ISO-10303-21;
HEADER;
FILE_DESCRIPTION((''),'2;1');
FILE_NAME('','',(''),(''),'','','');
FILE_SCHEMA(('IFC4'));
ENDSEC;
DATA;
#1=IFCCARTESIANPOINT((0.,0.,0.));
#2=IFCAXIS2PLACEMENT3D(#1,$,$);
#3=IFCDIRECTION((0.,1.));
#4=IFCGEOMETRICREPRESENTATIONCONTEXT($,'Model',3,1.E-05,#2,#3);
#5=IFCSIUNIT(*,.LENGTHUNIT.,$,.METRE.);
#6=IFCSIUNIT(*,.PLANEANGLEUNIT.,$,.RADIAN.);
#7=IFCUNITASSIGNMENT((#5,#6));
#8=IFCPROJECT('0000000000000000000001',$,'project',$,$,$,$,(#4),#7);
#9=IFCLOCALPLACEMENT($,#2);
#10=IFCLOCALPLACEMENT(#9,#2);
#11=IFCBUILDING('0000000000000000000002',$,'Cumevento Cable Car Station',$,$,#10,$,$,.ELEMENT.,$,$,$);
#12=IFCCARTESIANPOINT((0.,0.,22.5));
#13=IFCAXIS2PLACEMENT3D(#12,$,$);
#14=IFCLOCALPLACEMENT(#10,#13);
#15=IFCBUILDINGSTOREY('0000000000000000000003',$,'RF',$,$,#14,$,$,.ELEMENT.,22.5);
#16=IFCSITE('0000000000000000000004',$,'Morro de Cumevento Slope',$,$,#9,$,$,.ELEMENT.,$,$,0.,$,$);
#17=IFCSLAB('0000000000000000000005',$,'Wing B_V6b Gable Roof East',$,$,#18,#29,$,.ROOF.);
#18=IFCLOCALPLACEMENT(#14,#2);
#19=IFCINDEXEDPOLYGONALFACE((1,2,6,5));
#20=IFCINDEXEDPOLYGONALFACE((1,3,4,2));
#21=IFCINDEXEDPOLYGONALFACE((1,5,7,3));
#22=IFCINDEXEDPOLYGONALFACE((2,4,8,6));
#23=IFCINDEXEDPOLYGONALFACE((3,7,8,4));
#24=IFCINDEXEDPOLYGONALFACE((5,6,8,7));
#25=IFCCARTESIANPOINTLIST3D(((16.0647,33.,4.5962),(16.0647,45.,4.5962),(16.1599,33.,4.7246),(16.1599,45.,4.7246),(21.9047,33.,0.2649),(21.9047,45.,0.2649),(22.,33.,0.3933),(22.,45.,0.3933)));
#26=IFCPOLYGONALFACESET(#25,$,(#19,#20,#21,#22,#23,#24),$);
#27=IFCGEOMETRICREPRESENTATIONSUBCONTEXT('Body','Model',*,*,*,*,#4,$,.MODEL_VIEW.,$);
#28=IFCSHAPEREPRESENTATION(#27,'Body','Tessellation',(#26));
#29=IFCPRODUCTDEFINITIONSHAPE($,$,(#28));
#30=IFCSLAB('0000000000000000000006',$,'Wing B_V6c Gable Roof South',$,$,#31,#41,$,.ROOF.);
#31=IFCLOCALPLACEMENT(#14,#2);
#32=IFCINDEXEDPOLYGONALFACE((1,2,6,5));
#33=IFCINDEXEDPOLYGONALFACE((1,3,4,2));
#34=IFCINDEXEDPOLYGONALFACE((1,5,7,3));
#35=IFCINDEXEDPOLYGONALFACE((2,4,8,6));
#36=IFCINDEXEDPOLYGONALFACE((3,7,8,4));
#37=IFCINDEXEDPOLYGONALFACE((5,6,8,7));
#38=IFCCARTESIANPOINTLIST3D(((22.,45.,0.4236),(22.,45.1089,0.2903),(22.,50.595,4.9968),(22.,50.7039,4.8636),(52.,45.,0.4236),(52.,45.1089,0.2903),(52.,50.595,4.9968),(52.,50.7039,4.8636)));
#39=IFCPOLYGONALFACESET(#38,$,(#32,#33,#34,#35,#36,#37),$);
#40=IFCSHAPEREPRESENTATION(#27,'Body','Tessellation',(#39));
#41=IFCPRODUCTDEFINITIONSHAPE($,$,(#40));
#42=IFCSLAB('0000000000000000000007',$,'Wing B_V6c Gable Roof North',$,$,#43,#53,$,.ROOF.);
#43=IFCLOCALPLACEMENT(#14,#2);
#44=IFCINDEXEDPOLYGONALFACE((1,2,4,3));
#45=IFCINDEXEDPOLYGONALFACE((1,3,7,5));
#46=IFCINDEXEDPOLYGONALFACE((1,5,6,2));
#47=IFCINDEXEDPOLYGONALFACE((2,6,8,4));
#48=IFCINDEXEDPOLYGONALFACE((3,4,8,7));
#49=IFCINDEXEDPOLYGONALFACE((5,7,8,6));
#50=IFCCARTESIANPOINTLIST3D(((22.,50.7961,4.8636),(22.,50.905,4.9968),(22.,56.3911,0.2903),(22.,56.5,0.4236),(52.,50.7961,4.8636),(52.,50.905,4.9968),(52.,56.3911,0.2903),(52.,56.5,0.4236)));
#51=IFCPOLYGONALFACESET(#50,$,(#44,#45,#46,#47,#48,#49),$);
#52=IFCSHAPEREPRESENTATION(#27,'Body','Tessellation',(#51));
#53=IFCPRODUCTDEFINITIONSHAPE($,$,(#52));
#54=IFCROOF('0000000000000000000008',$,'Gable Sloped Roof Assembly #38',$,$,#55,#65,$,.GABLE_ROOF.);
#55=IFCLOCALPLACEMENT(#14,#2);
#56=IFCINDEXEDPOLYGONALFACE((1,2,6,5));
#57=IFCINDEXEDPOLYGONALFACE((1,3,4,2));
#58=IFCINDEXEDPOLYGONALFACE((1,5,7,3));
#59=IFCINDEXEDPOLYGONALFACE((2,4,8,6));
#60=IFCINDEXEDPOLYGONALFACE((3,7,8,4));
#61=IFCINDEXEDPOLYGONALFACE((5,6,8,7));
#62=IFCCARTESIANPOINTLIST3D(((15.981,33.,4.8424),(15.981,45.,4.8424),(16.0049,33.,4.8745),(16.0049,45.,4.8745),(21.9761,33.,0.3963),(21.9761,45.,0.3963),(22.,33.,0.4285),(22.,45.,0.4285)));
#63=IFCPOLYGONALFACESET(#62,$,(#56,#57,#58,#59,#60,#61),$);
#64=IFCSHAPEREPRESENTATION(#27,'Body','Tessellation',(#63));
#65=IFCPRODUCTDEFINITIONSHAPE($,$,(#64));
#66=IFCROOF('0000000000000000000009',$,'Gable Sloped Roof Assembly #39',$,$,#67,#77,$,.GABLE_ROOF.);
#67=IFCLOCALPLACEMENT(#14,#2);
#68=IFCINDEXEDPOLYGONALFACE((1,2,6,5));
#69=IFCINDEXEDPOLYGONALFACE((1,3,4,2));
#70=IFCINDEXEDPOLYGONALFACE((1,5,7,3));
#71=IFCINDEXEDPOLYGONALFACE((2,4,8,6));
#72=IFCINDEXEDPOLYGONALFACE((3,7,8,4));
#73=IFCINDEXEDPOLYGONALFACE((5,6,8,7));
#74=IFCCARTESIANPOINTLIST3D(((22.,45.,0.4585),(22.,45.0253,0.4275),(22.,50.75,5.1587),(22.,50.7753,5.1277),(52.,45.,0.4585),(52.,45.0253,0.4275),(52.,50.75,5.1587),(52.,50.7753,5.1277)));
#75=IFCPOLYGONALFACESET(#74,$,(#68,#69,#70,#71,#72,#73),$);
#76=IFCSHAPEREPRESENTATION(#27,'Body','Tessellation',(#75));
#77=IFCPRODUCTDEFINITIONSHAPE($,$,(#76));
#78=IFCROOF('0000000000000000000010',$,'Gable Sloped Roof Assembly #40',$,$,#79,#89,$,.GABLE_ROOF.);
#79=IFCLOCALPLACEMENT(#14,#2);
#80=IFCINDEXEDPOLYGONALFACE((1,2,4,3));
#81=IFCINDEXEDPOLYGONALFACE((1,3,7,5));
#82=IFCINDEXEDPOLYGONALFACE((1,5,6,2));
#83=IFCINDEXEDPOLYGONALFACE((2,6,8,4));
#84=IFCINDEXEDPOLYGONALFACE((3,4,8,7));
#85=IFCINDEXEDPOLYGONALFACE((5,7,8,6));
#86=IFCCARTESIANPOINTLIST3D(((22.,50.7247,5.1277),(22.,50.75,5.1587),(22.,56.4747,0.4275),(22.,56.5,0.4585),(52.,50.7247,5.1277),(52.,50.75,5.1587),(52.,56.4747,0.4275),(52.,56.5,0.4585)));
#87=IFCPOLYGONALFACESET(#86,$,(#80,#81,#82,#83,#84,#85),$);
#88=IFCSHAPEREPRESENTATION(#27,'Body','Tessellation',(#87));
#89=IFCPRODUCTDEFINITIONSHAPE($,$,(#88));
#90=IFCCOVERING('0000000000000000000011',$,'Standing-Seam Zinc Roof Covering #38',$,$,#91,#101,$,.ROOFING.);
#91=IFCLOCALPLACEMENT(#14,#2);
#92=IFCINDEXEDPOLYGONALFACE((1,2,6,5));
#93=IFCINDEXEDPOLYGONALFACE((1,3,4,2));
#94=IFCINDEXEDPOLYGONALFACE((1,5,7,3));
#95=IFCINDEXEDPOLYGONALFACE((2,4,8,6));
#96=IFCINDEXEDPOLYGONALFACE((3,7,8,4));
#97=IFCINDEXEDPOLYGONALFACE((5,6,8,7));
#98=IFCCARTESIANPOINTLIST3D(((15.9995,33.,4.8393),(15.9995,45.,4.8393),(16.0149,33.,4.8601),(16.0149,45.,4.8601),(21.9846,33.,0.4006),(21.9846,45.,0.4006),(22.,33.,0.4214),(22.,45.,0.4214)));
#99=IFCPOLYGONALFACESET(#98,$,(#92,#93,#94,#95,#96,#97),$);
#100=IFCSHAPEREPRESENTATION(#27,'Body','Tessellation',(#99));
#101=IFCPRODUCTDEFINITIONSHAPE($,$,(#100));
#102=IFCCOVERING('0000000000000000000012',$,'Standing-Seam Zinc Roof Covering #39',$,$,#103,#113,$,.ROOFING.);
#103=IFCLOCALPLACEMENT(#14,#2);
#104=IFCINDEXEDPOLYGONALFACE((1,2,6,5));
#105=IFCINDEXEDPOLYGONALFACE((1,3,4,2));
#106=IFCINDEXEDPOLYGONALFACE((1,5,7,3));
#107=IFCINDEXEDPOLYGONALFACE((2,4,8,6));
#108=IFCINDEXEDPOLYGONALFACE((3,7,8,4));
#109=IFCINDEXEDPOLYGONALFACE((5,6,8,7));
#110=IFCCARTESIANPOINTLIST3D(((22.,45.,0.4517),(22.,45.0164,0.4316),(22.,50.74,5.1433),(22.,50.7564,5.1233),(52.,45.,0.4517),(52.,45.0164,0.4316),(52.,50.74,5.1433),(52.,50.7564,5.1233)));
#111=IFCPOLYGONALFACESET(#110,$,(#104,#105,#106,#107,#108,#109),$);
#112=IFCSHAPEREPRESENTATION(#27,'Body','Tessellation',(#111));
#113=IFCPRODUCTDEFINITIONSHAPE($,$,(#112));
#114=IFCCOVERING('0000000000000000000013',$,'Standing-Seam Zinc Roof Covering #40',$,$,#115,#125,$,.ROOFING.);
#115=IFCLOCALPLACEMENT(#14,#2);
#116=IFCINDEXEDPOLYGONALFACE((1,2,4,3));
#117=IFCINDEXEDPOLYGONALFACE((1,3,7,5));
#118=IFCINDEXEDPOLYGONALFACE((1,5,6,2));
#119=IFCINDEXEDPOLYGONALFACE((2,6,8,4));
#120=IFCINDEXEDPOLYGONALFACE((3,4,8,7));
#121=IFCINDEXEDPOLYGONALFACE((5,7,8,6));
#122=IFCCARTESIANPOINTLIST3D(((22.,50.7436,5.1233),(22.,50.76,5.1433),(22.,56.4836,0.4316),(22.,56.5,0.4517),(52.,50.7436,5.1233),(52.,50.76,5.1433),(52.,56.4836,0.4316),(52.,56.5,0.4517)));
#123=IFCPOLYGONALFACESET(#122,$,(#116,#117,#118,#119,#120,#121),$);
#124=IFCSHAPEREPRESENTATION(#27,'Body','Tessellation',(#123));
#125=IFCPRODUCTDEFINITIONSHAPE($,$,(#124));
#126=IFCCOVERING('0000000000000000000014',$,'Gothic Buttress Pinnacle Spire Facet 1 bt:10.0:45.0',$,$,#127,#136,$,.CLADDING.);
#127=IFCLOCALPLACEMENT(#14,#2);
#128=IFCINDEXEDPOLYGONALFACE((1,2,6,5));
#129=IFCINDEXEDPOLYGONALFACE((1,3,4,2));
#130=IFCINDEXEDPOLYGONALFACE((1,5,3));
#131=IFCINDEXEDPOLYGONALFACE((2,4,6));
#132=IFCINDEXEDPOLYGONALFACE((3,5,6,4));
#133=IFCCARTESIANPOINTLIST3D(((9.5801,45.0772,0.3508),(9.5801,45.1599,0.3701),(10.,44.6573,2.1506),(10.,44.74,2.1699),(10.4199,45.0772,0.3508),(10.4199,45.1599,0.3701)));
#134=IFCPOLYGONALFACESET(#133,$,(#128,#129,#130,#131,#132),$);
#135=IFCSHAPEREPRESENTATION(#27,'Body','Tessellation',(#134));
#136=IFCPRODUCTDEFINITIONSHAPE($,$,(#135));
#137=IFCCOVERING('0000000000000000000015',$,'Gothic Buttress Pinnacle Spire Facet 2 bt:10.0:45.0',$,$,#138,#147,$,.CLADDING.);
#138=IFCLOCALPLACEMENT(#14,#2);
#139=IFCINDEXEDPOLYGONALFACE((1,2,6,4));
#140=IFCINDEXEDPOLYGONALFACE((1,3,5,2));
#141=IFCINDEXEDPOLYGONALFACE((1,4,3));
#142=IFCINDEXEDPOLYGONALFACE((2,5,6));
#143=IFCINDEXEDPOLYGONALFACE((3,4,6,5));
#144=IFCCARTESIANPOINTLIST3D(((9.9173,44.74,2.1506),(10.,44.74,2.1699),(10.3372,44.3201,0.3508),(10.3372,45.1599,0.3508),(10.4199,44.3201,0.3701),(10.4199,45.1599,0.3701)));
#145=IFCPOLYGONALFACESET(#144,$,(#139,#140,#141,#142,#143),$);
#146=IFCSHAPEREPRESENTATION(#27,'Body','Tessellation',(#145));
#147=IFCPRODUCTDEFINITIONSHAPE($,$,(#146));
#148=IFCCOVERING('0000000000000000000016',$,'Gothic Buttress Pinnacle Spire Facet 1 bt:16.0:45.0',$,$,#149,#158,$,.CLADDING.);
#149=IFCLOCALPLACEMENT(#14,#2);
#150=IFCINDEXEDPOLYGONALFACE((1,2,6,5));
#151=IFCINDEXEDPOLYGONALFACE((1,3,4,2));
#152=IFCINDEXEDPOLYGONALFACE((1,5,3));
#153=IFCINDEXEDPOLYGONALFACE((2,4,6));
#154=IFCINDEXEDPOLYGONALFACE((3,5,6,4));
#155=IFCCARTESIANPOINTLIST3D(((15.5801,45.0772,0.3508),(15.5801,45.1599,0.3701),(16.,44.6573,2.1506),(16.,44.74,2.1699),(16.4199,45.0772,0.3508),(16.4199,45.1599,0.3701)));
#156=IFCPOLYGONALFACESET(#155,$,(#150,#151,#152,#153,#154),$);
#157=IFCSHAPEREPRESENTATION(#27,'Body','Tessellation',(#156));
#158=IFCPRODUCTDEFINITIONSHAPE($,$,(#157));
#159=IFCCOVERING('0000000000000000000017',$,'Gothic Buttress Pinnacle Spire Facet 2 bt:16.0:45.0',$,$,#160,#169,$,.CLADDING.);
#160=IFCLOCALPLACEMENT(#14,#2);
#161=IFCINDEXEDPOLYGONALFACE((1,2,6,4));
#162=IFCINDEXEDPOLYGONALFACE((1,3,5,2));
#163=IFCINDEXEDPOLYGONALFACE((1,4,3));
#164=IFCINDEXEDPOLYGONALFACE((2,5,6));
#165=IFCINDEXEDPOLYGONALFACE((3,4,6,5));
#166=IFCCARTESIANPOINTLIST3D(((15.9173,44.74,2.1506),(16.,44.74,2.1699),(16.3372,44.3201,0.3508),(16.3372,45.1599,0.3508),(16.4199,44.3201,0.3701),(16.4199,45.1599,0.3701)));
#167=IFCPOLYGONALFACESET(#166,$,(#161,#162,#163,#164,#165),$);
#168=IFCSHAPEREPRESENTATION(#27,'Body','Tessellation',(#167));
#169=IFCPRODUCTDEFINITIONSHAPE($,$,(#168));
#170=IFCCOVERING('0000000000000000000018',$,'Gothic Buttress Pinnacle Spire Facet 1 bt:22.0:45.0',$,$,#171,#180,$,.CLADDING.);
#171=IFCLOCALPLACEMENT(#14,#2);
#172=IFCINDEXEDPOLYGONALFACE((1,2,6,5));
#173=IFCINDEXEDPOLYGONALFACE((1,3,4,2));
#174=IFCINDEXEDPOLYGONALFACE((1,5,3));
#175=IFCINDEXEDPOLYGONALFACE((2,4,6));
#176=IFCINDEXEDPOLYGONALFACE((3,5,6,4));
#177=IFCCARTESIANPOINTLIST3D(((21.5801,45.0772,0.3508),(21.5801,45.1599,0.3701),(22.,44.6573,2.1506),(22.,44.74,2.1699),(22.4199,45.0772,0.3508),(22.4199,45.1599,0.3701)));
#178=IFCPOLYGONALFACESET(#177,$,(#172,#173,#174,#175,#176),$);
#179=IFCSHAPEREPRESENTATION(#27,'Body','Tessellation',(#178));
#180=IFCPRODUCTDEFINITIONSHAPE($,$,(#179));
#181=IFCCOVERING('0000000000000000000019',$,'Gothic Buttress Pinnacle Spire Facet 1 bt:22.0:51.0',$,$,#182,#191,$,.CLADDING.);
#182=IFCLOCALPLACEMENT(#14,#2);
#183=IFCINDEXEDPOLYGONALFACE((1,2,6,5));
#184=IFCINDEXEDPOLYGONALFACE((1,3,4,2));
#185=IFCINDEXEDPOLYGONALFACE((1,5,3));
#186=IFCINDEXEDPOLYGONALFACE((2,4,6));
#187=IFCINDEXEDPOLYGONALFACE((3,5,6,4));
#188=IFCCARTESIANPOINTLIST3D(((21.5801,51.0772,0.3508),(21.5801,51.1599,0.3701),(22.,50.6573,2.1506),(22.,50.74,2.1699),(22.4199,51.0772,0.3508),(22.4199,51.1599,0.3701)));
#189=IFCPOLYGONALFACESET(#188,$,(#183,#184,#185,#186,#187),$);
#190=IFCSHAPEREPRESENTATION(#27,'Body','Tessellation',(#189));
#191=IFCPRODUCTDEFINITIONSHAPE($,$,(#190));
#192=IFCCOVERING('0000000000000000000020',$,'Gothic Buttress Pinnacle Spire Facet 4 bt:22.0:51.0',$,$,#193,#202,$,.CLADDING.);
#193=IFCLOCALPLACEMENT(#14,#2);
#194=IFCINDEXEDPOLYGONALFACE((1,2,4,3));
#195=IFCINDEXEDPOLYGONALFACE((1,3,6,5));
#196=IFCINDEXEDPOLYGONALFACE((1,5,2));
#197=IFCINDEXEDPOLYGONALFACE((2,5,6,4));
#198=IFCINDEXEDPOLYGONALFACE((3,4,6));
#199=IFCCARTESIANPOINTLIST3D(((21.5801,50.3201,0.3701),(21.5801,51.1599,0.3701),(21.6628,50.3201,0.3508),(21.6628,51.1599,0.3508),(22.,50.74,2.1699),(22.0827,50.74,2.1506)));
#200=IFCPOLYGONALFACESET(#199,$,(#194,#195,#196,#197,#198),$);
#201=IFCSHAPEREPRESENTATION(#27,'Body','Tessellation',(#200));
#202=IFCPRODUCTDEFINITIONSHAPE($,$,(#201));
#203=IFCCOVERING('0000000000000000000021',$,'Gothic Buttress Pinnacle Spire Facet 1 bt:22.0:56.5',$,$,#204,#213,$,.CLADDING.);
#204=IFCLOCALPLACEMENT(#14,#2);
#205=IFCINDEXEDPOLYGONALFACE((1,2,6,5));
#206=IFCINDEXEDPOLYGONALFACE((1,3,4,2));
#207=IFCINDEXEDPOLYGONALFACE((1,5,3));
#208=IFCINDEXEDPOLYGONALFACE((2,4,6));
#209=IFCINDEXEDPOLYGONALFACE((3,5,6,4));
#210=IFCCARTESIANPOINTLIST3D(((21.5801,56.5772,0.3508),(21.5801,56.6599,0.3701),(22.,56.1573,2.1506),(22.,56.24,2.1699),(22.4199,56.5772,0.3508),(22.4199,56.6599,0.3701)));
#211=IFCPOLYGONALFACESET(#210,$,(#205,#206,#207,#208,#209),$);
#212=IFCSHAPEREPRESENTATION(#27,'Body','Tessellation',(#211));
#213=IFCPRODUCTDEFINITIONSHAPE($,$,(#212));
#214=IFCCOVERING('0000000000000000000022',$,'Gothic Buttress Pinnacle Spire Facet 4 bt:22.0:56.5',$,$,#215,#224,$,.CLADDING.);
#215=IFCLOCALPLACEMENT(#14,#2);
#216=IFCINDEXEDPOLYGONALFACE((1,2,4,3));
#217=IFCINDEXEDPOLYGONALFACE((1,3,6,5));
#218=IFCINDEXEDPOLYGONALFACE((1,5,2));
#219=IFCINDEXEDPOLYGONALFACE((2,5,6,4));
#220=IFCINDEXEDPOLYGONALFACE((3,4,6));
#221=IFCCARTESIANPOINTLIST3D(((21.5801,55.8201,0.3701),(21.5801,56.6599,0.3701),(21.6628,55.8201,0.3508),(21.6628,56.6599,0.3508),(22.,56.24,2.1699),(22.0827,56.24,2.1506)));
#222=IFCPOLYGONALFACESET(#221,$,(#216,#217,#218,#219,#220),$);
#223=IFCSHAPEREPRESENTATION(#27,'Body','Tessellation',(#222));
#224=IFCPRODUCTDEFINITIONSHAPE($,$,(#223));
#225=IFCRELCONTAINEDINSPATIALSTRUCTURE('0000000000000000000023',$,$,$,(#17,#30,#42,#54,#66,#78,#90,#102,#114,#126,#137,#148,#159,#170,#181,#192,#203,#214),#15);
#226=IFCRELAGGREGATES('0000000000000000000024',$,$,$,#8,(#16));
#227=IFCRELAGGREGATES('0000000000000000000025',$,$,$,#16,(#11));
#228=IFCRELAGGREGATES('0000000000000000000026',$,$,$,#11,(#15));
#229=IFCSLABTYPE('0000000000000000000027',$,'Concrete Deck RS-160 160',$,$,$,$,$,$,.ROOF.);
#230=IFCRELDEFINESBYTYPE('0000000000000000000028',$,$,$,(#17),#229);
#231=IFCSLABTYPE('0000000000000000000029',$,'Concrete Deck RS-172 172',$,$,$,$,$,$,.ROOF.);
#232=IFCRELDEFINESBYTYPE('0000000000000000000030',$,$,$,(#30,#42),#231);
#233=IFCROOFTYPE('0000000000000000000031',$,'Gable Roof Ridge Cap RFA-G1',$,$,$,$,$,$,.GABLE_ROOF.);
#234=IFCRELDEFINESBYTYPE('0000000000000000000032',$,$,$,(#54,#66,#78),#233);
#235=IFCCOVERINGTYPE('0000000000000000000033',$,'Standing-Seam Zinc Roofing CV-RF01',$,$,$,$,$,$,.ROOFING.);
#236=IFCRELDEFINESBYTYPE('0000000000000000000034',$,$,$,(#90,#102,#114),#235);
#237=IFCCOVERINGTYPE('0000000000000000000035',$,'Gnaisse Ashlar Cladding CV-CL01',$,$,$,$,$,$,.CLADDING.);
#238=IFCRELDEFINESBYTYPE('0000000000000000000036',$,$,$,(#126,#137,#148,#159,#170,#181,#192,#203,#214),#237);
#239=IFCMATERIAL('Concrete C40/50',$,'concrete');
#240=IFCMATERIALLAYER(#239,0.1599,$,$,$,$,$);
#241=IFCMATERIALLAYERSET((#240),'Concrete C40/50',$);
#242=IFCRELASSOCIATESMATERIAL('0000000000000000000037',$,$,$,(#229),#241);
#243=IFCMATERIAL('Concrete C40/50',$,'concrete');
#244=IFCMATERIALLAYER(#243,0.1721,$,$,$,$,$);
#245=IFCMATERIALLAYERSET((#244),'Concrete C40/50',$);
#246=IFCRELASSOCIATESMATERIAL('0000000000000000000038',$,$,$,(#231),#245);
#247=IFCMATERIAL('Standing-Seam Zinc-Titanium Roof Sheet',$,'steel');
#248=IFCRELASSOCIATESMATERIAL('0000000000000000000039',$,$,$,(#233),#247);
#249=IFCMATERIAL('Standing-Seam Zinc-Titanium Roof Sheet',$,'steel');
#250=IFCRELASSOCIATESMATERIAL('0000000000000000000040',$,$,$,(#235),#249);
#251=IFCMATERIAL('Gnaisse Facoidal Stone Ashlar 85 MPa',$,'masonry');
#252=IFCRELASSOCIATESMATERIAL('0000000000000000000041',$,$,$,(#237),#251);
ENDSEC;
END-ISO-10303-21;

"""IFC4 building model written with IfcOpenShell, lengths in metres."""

from ifc_helpers import new_model, si_unit, direction, frame, origin, place, context, subcontext, project, spatial, polyline, outline, extrude, material, layer, layer_set, type_object, element, save


model = new_model("IFC4")

# Units and contexts
model_context = context("Model", 3, precision=1e-05, world=origin(), true_north=direction((0.0, 1.0)))
body_context = subcontext(model_context, "Body", "Model", "MODEL_VIEW")
ifc_project = project(units=[si_unit("LENGTHUNIT", "METRE"), si_unit("PLANEANGLEUNIT", "RADIAN")], contexts=[model_context])

# Site, building, storey
site_placement = place(None, origin())
site = spatial("IfcSite", under=ifc_project, at=site_placement, Name="Morro de Cumevento Slope", CompositionType="ELEMENT", RefElevation=0.0)
building_placement = place(site_placement, origin())
building = spatial("IfcBuilding", under=site, at=building_placement, Name="Cumevento Cable Car Station", CompositionType="ELEMENT")
storey_placement = place(building_placement, frame((0.0, 0.0, 22.5)))
storey = spatial("IfcBuildingStorey", under=building, at=storey_placement, Name="RF", CompositionType="ELEMENT", Elevation=22.5)

# Slabs
ifc_material_1 = material(Name="Concrete C40/50", Category="concrete")
ifc_layer_1 = layer(ifc_material_1, 0.1599)
ifc_layer_set_1 = layer_set([ifc_layer_1], Name="Concrete C40/50")
slab_type_1 = type_object("IfcSlabType", Name="Concrete Deck RS-160 160", PredefinedType="ROOF", material=ifc_layer_set_1)
slab_placement = place(storey_placement, frame((16.1599, 45.0, 4.7246), z_axis=(0.595699, 0.0, 0.803208), x_axis=(0.0, -1.0, 0.0)))
element("IfcSlab", 1, at=slab_placement, inside=storey, type_object=slab_type_1, Name="Wing B_V6b Gable Roof East", PredefinedType="ROOF", context=body_context, shape_type="SweptSolid", body=[
    extrude(outline(polyline([(0.0, 0.0), (12.0, 0.0), (12.0, 7.271), (0.0, 7.271), (0.0, 0.0)])), origin(), (0.0, 0.0, -1.0), 0.1599),
])
ifc_material_2 = material(Name="Concrete C40/50", Category="concrete")
ifc_layer_2 = layer(ifc_material_2, 0.1721)
ifc_layer_set_2 = layer_set([ifc_layer_2], Name="Concrete C40/50")
slab_type_2 = type_object("IfcSlabType", Name="Concrete Deck RS-172 172", PredefinedType="ROOF", material=ifc_layer_set_2)
for number, where, z_axis, x_axis, name in (
    (2, (22.0, 45.0, 0.4236), (0.0, -0.632868, 0.77426), (1.0, 0.0, 0.0), "Wing B_V6c Gable Roof South"),
    (3, (22.0, 50.905, 4.9968), (0.0, 0.632868, 0.77426), (1.0, 0.0, 0.0), "Wing B_V6c Gable Roof North"),
):
    element("IfcSlab", number, at=place(storey_placement, frame(where, z_axis=z_axis, x_axis=x_axis)), inside=storey, type_object=slab_type_2, Name=name, PredefinedType="ROOF", context=body_context, shape_type="SweptSolid", body=[
        extrude(outline(polyline([(0.0, 0.0), (30.0, 0.0), (30.0, 7.2262), (0.0, 7.2262), (0.0, 0.0)])), origin(), (0.0, 0.0, -1.0), 0.1721),
    ])

# Roofs
ifc_material_3 = material(Name="Standing-Seam Zinc-Titanium Roof Sheet", Category="steel")
roof_type = type_object("IfcRoofType", Name="Gable Roof Ridge Cap RFA-G1", PredefinedType="GABLE_ROOF", material=ifc_material_3)
roof_placement = place(storey_placement, frame((16.0049, 45.0, 4.8745), z_axis=(0.595679, 0.0, 0.803223), x_axis=(0.0, -1.0, 0.0)))
element("IfcRoof", 4, at=roof_placement, inside=storey, type_object=roof_type, Name="Gable Sloped Roof Assembly #38", PredefinedType="GABLE_ROOF", context=body_context, shape_type="SweptSolid", body=[
    extrude(outline(polyline([(0.0, 0.0), (12.0, 0.0), (12.0, 7.4638), (0.0, 7.4638), (0.0, 0.0)])), origin(), (0.0, 0.0, -1.0), 0.04),
])
for number, where, z_axis, x_axis, name in (
    (5, (22.0, 45.0, 0.4585), (0.0, -0.632887, 0.774244), (1.0, 0.0, 0.0), "Gable Sloped Roof Assembly #39"),
    (6, (22.0, 50.75, 5.1587), (0.0, 0.632887, 0.774244), (1.0, 0.0, 0.0), "Gable Sloped Roof Assembly #40"),
):
    element("IfcRoof", number, at=place(storey_placement, frame(where, z_axis=z_axis, x_axis=x_axis)), inside=storey, type_object=roof_type, Name=name, PredefinedType="GABLE_ROOF", context=body_context, shape_type="SweptSolid", body=[
        extrude(outline(polyline([(0.0, 0.0), (30.0, 0.0), (30.0, 7.4266), (0.0, 7.4266), (0.0, 0.0)])), origin(), (0.0, 0.0, -1.0), 0.04),
    ])

# Coverings
ifc_material_4 = material(Name="Standing-Seam Zinc-Titanium Roof Sheet", Category="steel")
covering_type_1 = type_object("IfcCoveringType", Name="Standing-Seam Zinc Roofing CV-RF01", PredefinedType="ROOFING", material=ifc_material_4)
covering_1_placement = place(storey_placement, frame((16.0149, 45.0, 4.8601), z_axis=(0.595687, 0.0, 0.803216), x_axis=(0.0, -1.0, 0.0)))
element("IfcCovering", 7, at=covering_1_placement, inside=storey, type_object=covering_type_1, Name="Standing-Seam Zinc Roof Covering #38", PredefinedType="ROOFING", context=body_context, shape_type="SweptSolid", body=[
    extrude(outline(polyline([(0.0, 0.0), (12.0, 0.0), (12.0, 7.4514), (0.0, 7.4514), (0.0, 0.0)])), origin(), (0.0, 0.0, -1.0), 0.0259),
])
for number, where, z_axis, x_axis, name in (
    (8, (22.0, 45.0, 0.4517), (0.0, -0.632858, 0.774268), (1.0, 0.0, 0.0), "Standing-Seam Zinc Roof Covering #39"),
    (9, (22.0, 50.76, 5.1433), (0.0, 0.632858, 0.774268), (1.0, 0.0, 0.0), "Standing-Seam Zinc Roof Covering #40"),
):
    element("IfcCovering", number, at=place(storey_placement, frame(where, z_axis=z_axis, x_axis=x_axis)), inside=storey, type_object=covering_type_1, Name=name, PredefinedType="ROOFING", context=body_context, shape_type="SweptSolid", body=[
        extrude(outline(polyline([(0.0, 0.0), (30.0, 0.0), (30.0, 7.4134), (0.0, 7.4134), (0.0, 0.0)])), origin(), (0.0, 0.0, -1.0), 0.0259),
    ])
ifc_material_5 = material(Name="Gnaisse Facoidal Stone Ashlar 85 MPa", Category="masonry")
covering_type_2 = type_object("IfcCoveringType", Name="Gnaisse Ashlar Cladding CV-CL01", PredefinedType="CLADDING", material=ifc_material_5)
for number, where, z_axis, x_axis, name in (
    (10, (9.5801, 45.1599, 0.3701), (0.0, 0.973845, 0.227213), (1.0, 0.0, 0.0), "Gothic Buttress Pinnacle Spire Facet 1 bt:10.0:45.0"),
    (11, (10.4199, 45.1599, 0.3701), (0.973845, 0.0, 0.227213), (0.0, -1.0, 0.0), "Gothic Buttress Pinnacle Spire Facet 2 bt:10.0:45.0"),
    (12, (15.5801, 45.1599, 0.3701), (0.0, 0.973845, 0.227213), (1.0, 0.0, 0.0), "Gothic Buttress Pinnacle Spire Facet 1 bt:16.0:45.0"),
    (13, (16.4199, 45.1599, 0.3701), (0.973845, 0.0, 0.227213), (0.0, -1.0, 0.0), "Gothic Buttress Pinnacle Spire Facet 2 bt:16.0:45.0"),
    (14, (21.5801, 45.1599, 0.3701), (0.0, 0.973845, 0.227213), (1.0, 0.0, 0.0), "Gothic Buttress Pinnacle Spire Facet 1 bt:22.0:45.0"),
    (15, (21.5801, 51.1599, 0.3701), (0.0, 0.973845, 0.227213), (1.0, 0.0, 0.0), "Gothic Buttress Pinnacle Spire Facet 1 bt:22.0:51.0"),
    (16, (21.5801, 50.3201, 0.3701), (-0.973845, 0.0, 0.227213), (0.0, 1.0, 0.0), "Gothic Buttress Pinnacle Spire Facet 4 bt:22.0:51.0"),
    (17, (21.5801, 56.6599, 0.3701), (0.0, 0.973845, 0.227213), (1.0, 0.0, 0.0), "Gothic Buttress Pinnacle Spire Facet 1 bt:22.0:56.5"),
    (18, (21.5801, 55.8201, 0.3701), (-0.973845, 0.0, 0.227213), (0.0, 1.0, 0.0), "Gothic Buttress Pinnacle Spire Facet 4 bt:22.0:56.5"),
):
    element("IfcCovering", number, at=place(storey_placement, frame(where, z_axis=z_axis, x_axis=x_axis)), inside=storey, type_object=covering_type_2, Name=name, PredefinedType="CLADDING", context=body_context, shape_type="SweptSolid", body=[
        extrude(outline(polyline([(0.0, 0.0), (0.8398, 0.0), (0.4199, -1.8481), (0.0, 0.0)])), origin(), (0.0, 0.0, -1.0), 0.085),
    ])

save(model, "model.ifc")
